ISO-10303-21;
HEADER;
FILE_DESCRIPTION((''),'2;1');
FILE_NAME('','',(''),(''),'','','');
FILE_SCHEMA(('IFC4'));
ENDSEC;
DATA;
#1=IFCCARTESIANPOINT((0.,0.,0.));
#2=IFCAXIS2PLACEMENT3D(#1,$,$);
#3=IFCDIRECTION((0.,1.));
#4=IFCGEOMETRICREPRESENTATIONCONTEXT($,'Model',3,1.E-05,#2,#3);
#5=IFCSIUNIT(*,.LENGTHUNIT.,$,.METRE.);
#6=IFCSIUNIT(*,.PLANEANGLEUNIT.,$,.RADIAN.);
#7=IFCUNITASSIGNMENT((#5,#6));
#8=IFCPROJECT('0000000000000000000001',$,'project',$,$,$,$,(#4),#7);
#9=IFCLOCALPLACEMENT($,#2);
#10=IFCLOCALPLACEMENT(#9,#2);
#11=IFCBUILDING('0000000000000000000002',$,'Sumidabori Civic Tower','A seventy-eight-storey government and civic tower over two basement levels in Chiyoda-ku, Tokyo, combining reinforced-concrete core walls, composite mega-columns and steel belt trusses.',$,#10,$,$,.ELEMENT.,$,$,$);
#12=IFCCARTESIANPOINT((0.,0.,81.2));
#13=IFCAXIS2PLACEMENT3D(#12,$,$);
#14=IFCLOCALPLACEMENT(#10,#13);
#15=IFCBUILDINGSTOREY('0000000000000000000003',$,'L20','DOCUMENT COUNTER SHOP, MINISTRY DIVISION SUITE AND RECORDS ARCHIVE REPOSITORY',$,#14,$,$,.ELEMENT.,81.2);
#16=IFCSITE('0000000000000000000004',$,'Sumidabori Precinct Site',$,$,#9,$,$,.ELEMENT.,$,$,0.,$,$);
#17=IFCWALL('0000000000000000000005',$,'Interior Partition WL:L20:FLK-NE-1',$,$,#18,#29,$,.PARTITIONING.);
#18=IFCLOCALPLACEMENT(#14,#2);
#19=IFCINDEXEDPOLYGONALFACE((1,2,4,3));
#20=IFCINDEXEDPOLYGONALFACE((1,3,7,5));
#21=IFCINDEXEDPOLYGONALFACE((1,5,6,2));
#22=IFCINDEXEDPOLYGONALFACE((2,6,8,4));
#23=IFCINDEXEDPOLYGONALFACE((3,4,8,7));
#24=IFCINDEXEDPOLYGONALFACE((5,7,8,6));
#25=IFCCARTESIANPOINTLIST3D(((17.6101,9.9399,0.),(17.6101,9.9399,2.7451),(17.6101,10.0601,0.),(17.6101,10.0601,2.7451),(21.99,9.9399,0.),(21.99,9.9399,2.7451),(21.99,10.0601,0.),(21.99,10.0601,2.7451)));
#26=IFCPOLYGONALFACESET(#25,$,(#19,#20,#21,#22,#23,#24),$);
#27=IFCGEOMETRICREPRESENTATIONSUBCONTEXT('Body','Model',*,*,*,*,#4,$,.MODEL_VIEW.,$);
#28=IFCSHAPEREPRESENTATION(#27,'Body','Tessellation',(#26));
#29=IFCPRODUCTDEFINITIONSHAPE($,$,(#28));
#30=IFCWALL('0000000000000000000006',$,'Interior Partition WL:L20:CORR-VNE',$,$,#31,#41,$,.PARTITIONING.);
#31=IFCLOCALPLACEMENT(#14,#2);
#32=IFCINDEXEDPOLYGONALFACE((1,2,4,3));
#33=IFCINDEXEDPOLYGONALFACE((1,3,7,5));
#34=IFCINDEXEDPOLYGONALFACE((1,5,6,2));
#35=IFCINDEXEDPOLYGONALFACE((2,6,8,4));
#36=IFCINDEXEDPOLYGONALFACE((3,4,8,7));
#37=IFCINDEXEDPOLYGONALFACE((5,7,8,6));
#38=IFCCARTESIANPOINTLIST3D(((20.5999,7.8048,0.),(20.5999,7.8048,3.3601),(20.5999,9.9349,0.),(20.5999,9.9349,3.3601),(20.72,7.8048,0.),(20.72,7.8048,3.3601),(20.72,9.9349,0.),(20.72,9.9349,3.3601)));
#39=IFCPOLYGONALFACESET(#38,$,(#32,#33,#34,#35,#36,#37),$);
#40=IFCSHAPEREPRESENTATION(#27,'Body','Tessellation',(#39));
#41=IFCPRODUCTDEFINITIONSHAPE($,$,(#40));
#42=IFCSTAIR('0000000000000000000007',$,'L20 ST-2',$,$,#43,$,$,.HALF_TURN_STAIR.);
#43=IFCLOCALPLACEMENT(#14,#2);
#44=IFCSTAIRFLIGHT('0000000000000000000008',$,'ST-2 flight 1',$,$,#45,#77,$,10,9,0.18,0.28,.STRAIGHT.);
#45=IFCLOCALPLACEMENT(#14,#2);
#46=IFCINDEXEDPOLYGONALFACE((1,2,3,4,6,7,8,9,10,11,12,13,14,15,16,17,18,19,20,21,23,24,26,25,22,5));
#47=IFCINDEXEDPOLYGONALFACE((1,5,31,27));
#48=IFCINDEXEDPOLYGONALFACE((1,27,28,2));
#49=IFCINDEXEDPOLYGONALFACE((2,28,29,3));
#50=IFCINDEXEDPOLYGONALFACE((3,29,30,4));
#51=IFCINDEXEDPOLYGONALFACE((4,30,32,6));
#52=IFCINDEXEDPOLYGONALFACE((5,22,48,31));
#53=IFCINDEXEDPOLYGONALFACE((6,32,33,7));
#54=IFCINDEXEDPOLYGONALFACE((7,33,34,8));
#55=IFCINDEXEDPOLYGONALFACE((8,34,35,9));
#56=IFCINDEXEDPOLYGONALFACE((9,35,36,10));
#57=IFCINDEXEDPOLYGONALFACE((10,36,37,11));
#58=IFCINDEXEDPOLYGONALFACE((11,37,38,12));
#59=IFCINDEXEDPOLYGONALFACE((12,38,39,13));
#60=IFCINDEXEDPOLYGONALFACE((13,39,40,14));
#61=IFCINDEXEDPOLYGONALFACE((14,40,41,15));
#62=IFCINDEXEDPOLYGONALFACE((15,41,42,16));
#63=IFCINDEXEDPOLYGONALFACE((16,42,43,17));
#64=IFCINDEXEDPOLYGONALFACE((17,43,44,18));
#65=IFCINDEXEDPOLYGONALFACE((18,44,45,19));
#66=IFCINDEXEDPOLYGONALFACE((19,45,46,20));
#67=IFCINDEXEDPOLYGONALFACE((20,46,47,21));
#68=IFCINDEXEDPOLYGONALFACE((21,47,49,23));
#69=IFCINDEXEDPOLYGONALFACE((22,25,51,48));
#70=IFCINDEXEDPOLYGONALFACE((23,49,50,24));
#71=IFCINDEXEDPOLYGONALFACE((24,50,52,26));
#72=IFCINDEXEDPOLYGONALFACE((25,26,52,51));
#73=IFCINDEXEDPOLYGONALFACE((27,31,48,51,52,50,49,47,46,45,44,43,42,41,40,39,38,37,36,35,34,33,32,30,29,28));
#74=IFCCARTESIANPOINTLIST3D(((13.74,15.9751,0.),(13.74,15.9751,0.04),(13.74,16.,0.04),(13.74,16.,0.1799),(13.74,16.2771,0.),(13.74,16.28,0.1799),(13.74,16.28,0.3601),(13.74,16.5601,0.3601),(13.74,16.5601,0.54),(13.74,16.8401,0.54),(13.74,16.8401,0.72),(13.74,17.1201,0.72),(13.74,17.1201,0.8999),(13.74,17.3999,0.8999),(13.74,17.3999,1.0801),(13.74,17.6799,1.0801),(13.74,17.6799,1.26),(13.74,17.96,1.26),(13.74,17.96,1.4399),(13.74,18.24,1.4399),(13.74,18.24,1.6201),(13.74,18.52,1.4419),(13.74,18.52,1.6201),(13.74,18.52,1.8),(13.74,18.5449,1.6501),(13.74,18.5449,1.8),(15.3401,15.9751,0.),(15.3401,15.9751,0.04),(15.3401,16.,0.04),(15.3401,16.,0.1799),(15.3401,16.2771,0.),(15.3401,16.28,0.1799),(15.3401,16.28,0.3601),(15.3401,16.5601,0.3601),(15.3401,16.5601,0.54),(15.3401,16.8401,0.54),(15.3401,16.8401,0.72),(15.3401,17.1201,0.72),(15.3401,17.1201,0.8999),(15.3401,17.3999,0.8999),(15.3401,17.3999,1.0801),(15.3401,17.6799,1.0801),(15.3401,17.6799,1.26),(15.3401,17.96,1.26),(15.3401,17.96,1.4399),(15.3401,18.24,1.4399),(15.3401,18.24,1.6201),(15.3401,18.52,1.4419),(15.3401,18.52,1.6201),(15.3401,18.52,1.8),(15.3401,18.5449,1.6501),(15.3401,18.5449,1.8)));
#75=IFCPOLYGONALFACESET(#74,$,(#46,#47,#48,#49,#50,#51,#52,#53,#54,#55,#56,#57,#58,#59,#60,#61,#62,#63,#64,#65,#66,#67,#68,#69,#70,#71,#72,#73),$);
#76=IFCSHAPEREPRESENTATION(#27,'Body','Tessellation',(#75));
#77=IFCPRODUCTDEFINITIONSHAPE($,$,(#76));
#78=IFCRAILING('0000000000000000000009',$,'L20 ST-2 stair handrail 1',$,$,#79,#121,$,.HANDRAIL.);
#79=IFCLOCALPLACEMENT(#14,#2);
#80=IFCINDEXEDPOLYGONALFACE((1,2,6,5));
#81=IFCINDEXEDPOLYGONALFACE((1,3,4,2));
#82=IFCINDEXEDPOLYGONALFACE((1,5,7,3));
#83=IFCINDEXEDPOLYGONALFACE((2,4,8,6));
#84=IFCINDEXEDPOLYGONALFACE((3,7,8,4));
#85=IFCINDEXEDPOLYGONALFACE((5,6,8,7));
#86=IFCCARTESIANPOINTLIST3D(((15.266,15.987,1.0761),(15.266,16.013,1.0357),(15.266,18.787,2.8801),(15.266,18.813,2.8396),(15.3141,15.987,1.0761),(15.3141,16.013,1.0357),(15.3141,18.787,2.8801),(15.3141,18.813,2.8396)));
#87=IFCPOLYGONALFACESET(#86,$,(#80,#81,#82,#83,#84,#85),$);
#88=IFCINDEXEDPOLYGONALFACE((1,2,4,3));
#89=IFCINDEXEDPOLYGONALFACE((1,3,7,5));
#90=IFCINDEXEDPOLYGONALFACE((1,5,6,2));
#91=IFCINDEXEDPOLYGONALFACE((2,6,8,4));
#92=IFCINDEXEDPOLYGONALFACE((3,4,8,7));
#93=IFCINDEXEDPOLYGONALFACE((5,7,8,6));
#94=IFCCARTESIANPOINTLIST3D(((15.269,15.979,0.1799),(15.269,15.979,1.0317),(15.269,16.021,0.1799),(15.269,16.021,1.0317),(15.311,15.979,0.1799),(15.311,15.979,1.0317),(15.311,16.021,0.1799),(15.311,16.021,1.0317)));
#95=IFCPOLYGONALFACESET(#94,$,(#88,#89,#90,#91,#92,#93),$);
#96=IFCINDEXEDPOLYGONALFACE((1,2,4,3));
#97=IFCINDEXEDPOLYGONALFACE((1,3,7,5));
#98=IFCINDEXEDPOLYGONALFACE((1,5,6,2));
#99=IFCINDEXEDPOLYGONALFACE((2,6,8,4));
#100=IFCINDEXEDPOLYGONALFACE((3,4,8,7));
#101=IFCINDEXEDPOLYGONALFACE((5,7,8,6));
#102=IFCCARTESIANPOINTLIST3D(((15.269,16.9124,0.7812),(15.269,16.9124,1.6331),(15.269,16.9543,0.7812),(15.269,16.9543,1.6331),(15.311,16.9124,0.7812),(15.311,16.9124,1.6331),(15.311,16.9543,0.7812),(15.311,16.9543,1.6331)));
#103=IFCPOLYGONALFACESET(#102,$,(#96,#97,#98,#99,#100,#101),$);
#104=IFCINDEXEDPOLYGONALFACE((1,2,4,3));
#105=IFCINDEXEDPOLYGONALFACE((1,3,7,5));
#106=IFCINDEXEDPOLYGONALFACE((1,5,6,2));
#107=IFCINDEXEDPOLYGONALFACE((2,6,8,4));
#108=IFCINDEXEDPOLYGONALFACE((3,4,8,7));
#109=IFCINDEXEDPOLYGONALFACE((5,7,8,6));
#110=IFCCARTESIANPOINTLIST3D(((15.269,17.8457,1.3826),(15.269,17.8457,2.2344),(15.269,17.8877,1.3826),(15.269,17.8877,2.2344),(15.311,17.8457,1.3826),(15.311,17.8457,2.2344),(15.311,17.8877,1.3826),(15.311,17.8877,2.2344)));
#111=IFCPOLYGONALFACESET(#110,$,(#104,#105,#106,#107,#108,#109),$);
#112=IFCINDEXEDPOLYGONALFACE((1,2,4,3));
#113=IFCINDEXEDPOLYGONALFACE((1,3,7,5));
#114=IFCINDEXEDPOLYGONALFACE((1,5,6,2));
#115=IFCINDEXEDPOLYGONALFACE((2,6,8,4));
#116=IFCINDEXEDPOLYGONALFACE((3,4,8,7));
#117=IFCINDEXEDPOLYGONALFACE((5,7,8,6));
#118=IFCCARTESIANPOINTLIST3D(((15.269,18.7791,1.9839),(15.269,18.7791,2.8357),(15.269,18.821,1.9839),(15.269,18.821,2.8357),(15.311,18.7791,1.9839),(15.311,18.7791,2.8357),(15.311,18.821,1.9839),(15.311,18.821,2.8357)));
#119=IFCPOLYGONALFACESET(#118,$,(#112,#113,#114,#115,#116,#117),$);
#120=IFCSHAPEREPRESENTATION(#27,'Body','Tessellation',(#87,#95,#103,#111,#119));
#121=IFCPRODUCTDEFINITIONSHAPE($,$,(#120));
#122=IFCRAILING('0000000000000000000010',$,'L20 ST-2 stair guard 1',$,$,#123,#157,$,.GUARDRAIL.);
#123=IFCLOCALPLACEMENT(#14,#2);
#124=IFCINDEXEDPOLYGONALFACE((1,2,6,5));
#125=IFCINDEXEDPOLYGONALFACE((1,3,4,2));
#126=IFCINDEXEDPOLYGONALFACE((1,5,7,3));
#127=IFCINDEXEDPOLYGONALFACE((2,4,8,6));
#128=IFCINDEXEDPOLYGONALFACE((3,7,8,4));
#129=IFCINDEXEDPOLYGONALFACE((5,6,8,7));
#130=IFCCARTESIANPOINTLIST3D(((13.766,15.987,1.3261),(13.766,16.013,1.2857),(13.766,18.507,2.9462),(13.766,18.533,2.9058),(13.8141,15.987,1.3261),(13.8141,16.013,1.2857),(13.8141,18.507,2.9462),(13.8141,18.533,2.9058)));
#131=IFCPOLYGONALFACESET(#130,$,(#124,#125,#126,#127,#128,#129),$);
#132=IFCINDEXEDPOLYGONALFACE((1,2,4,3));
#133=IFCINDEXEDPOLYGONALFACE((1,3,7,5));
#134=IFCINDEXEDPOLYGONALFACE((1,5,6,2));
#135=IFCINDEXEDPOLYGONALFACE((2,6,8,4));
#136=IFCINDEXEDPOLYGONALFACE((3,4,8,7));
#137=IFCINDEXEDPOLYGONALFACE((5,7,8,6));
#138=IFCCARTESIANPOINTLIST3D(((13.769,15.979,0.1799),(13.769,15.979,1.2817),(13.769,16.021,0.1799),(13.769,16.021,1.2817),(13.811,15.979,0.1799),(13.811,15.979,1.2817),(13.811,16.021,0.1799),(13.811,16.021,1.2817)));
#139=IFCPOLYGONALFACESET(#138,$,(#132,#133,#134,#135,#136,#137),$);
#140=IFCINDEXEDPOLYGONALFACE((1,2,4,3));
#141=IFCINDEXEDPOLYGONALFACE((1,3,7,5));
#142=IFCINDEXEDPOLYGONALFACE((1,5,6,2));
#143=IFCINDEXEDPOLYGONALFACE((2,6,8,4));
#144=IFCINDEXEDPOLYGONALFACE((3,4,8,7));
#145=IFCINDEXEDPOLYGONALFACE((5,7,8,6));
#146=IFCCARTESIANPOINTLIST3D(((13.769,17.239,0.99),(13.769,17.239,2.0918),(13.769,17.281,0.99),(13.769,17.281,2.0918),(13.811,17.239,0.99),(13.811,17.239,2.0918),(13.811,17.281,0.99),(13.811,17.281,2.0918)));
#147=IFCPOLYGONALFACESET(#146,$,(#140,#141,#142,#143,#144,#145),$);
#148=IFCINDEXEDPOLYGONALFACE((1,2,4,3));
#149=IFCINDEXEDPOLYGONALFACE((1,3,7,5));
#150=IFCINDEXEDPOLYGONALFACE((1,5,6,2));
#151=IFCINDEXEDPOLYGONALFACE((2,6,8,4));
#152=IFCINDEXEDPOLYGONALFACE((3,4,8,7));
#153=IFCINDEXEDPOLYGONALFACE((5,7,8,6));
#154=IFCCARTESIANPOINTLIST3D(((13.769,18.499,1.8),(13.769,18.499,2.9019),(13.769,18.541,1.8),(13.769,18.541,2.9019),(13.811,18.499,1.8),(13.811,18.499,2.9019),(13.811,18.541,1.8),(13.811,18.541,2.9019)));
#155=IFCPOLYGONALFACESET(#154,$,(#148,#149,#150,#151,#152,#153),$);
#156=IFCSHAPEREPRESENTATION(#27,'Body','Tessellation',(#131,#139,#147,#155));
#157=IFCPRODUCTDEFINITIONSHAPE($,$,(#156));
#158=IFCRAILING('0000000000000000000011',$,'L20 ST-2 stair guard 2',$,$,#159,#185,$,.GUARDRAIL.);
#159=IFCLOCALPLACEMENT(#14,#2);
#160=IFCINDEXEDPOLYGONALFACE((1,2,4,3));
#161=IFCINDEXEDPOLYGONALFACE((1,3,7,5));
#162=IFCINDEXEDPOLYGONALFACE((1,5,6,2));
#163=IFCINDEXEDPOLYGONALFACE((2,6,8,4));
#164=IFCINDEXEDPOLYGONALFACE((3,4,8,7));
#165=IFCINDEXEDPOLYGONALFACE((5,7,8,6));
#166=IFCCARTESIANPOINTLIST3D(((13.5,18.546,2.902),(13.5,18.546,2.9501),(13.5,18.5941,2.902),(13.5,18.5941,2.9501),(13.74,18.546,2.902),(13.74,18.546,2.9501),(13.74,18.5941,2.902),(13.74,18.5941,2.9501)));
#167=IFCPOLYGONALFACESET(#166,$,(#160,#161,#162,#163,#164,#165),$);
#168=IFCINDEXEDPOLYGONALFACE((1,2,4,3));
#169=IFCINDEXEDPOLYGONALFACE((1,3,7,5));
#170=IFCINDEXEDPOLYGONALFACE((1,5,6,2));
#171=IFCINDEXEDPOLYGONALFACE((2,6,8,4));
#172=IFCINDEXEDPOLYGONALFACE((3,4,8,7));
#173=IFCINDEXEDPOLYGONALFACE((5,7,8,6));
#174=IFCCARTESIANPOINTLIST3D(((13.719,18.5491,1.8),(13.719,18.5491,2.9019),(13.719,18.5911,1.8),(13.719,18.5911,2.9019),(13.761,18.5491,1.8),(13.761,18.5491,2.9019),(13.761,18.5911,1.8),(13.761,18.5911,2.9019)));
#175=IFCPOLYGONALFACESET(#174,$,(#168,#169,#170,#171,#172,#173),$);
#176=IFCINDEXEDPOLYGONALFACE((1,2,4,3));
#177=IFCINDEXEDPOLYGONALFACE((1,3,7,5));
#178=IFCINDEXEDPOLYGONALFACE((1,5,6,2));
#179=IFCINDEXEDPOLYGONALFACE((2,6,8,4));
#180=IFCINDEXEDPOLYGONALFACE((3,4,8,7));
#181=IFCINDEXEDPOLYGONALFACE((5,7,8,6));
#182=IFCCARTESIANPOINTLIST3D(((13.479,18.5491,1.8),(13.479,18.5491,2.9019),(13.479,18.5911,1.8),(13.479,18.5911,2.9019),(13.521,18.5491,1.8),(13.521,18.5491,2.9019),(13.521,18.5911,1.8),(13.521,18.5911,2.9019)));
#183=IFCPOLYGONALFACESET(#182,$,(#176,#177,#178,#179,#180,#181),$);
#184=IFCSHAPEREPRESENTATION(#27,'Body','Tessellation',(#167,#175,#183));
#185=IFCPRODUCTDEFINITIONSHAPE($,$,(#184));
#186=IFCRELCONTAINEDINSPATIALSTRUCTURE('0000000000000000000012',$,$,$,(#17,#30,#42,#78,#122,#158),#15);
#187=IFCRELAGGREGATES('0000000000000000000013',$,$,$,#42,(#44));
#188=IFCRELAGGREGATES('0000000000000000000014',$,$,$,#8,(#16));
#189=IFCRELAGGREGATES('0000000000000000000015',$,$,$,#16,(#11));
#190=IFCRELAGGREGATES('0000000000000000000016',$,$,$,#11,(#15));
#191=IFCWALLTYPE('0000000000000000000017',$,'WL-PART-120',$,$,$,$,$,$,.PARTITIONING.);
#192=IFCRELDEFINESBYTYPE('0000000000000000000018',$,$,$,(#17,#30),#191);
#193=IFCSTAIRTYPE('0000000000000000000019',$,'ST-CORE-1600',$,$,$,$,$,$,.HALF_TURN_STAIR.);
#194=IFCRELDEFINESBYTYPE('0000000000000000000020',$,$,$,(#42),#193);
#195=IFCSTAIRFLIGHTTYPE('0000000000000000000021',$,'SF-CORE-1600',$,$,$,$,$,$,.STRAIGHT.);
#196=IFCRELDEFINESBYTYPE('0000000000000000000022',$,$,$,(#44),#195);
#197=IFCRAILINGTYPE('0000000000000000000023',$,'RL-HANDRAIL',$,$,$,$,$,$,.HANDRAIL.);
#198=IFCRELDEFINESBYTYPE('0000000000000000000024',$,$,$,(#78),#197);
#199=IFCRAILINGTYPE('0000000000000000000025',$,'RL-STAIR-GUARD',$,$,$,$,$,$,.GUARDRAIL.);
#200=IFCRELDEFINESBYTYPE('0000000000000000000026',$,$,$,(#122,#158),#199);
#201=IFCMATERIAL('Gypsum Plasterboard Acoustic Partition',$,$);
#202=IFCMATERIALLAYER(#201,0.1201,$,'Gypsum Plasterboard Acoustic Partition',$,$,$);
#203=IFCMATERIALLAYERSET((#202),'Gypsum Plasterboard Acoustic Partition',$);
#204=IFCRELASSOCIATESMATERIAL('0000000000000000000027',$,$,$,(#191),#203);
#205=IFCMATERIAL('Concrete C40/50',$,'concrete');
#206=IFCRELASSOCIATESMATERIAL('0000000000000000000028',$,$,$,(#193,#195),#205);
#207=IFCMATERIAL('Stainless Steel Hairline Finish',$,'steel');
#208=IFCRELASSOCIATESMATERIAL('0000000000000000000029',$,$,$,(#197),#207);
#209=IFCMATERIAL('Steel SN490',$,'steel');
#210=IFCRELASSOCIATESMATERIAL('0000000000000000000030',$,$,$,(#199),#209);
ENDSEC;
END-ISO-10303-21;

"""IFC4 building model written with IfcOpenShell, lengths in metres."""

from ifc_helpers import new_model, si_unit, direction, frame, frame_2d, origin, origin_2d, place, context, subcontext, project, spatial, polyline, rectangle, outline, extrude, source, transform, mapped, material, layer, layer_set, type_object, element, aggregate, save


model = new_model("IFC4")

# Units and contexts
model_context = context("Model", 3, precision=1e-05, world=origin(), true_north=direction((0.0, 1.0)))
body_context = subcontext(model_context, "Body", "Model", "MODEL_VIEW")
ifc_project = project(units=[si_unit("LENGTHUNIT", "METRE"), si_unit("PLANEANGLEUNIT", "RADIAN")], contexts=[model_context])

# Site, building, storey
site_placement = place(None, origin())
site = spatial("IfcSite", under=ifc_project, at=site_placement, Name="Sumidabori Precinct Site", CompositionType="ELEMENT", RefElevation=0.0)
building_placement = place(site_placement, origin())
building = spatial("IfcBuilding", under=site, at=building_placement, Name="Sumidabori Civic Tower", Description="A seventy-eight-storey government and civic tower over two basement levels in Chiyoda-ku, Tokyo, combining reinforced-concrete core walls, composite mega-columns and steel belt trusses.", CompositionType="ELEMENT")
storey_placement = place(building_placement, frame((0.0, 0.0, 81.2)))
storey = spatial("IfcBuildingStorey", under=building, at=storey_placement, Name="L20", Description="DOCUMENT COUNTER SHOP, MINISTRY DIVISION SUITE AND RECORDS ARCHIVE REPOSITORY", CompositionType="ELEMENT", Elevation=81.2)

# Shared definitions
ifc_material_1 = material(Name="Steel SN490", Category="steel")

# Walls
ifc_material_2 = material(Name="Gypsum Plasterboard Acoustic Partition")
ifc_layer_1 = layer(ifc_material_2, 0.1201, Name="Gypsum Plasterboard Acoustic Partition")
ifc_layer_set_1 = layer_set([ifc_layer_1], Name="Gypsum Plasterboard Acoustic Partition")
wall_type_1 = type_object("IfcWallType", Name="WL-PART-120", PredefinedType="PARTITIONING", material=ifc_layer_set_1)
shared_shape_1 = source(origin(), body_context, "Body", "SweptSolid", [
    extrude(rectangle(XDim=4.3799, YDim=0.1201, at=frame_2d((2.1899, 0.0))), origin(), (0.0, 0.0, 1.0), 2.7451),
])
wall_1_placement = place(storey_placement, frame((17.6101, 10.0, 0.0), z_axis=(0.0, 0.0, 1.0), x_axis=(1.0, 0.0, 0.0)))
element("IfcWall", 1, at=wall_1_placement, inside=storey, type_object=wall_type_1, Name="Interior Partition WL:L20:FLK-NE-1", PredefinedType="PARTITIONING", context=body_context, shape_type="MappedRepresentation", body=[
    mapped(shared_shape_1, transform((0.0, 0.0, 0.0), x_axis=(1.0, 0.0, 0.0), y_axis=(0.0, 1.0, 0.0), z_axis=(0.0, 0.0, 1.0), scale=1.0)),
])
shared_shape_2 = source(origin(), body_context, "Body", "SweptSolid", [
    extrude(rectangle(XDim=2.1301, YDim=0.1201, at=frame_2d((1.0649, 0.0))), origin(), (0.0, 0.0, 1.0), 3.3601),
])
wall_2_placement = place(storey_placement, frame((20.6599, 7.8049, 0.0), z_axis=(0.0, 0.0, 1.0), x_axis=(0.0, 1.0, 0.0)))
element("IfcWall", 2, at=wall_2_placement, inside=storey, type_object=wall_type_1, Name="Interior Partition WL:L20:CORR-VNE", PredefinedType="PARTITIONING", context=body_context, shape_type="MappedRepresentation", body=[
    mapped(shared_shape_2, transform((0.0, 0.0, 0.0), x_axis=(1.0, 0.0, 0.0), y_axis=(0.0, 1.0, 0.0), z_axis=(0.0, 0.0, 1.0), scale=1.0)),
])

# Stair, stair flight
ifc_material_3 = material(Name="Concrete C40/50", Category="concrete")
stair_type = type_object("IfcStairType", Name="ST-CORE-1600", PredefinedType="HALF_TURN_STAIR", material=ifc_material_3)
stair_placement = place(storey_placement, origin())
stair = element("IfcStair", 3, at=stair_placement, inside=storey, type_object=stair_type, Name="L20 ST-2", PredefinedType="HALF_TURN_STAIR")
stair_flight_type = type_object("IfcStairFlightType", Name="SF-CORE-1600", PredefinedType="STRAIGHT", material=ifc_material_3)
shared_shape_3 = source(origin(), body_context, "Body", "SweptSolid", [
    extrude(outline(polyline([(-0.0249, 0.0), (-0.0249, 0.04), (0.0, 0.04), (0.0, 0.1799), (0.28, 0.1799), (0.28, 0.3601), (0.5601, 0.3601), (0.5601, 0.54), (0.8401, 0.54), (0.8401, 0.72), (1.1201, 0.72), (1.1201, 0.8999), (1.3999, 0.8999), (1.3999, 1.0801), (1.6799, 1.0801), (1.6799, 1.26), (1.96, 1.26), (1.96, 1.4399), (2.24, 1.4399), (2.24, 1.6201), (2.52, 1.6201), (2.52, 1.8), (2.5449, 1.8), (2.5449, 1.6501), (2.52, 1.4419), (0.2771, 0.0), (-0.0249, 0.0)])), frame((0.0, 0.8, 0.0), z_axis=(0.0, -1.0, 0.0), x_axis=(1.0, 0.0, 0.0)), (0.0, 0.0, 1.0), 1.6001),
])
stair_flight_placement = place(storey_placement, frame((14.54, 16.0, 0.0), z_axis=(0.0, 0.0, 1.0), x_axis=(0.0, 1.0, 0.0)))
stair_flight = element("IfcStairFlight", 4, at=stair_flight_placement, type_object=stair_flight_type, Name="ST-2 flight 1", NumberOfRisers=10, NumberOfTreads=9, PredefinedType="STRAIGHT", RiserHeight=0.18, TreadLength=0.28, context=body_context, shape_type="MappedRepresentation", body=[
    mapped(shared_shape_3, transform((0.0, 0.0, 0.0), x_axis=(1.0, 0.0, 0.0), y_axis=(0.0, 1.0, 0.0), z_axis=(0.0, 0.0, 1.0), scale=1.0)),
])
aggregate(stair, [stair_flight])

# Railings
ifc_material_4 = material(Name="Stainless Steel Hairline Finish", Category="steel")
railing_type_1 = type_object("IfcRailingType", Name="RL-HANDRAIL", PredefinedType="HANDRAIL", material=ifc_material_4)
railing_1_placement = place(storey_placement, frame((15.29, 16.0, 0.1799)))
element("IfcRailing", 5, at=railing_1_placement, inside=storey, type_object=railing_type_1, Name="L20 ST-2 stair handrail 1", PredefinedType="HANDRAIL", context=body_context, shape_type="SweptSolid", body=[
    extrude(rectangle(XDim=0.0481, YDim=0.0481, at=origin_2d()), frame((0.0, 0.0, 0.876), z_axis=(0.0, 0.840642, 0.541591), x_axis=(-1.0, 0.0, 0.0)), (0.0, 0.0, 1.0), 3.3308),
    extrude(rectangle(XDim=0.042, YDim=0.042, at=origin_2d()), origin(), (0.0, 0.0, 1.0), 0.8518),
    extrude(rectangle(XDim=0.042, YDim=0.042, at=origin_2d()), frame((0.0, 0.9333, 0.6013)), (0.0, 0.0, 1.0), 0.8518),
    extrude(rectangle(XDim=0.042, YDim=0.042, at=origin_2d()), frame((0.0, 1.8667, 1.2026)), (0.0, 0.0, 1.0), 0.8518),
    extrude(rectangle(XDim=0.042, YDim=0.042, at=origin_2d()), frame((0.0, 2.8, 1.804)), (0.0, 0.0, 1.0), 0.8518),
])
railing_type_2 = type_object("IfcRailingType", Name="RL-STAIR-GUARD", PredefinedType="GUARDRAIL", material=ifc_material_1)
railing_2_placement = place(storey_placement, frame((13.79, 16.0, 0.1799)))
element("IfcRailing", 6, at=railing_2_placement, inside=storey, type_object=railing_type_2, Name="L20 ST-2 stair guard 1", PredefinedType="GUARDRAIL", context=body_context, shape_type="SweptSolid", body=[
    extrude(rectangle(XDim=0.0481, YDim=0.0481, at=origin_2d()), frame((0.0, 0.0, 1.126), z_axis=(0.0, 0.841163, 0.540782), x_axis=(-1.0, 0.0, 0.0)), (0.0, 0.0, 1.0), 2.9958),
    extrude(rectangle(XDim=0.042, YDim=0.042, at=origin_2d()), origin(), (0.0, 0.0, 1.0), 1.1018),
    extrude(rectangle(XDim=0.042, YDim=0.042, at=origin_2d()), frame((0.0, 1.26, 0.8101)), (0.0, 0.0, 1.0), 1.1018),
    extrude(rectangle(XDim=0.042, YDim=0.042, at=origin_2d()), frame((0.0, 2.52, 1.6201)), (0.0, 0.0, 1.0), 1.1018),
])
for number, where, name in (
    (7, (13.74, 18.5701, 1.8), "L20 ST-2 stair guard 2"),
):
    element("IfcRailing", number, at=place(storey_placement, frame(where)), inside=storey, type_object=railing_type_2, Name=name, PredefinedType="GUARDRAIL", context=body_context, shape_type="SweptSolid", body=[
        extrude(rectangle(XDim=0.0481, YDim=0.0481, at=origin_2d()), frame((0.0, 0.0, 1.126), z_axis=(-1.0, 0.0, 0.0), x_axis=(0.0, -1.0, 0.0)), (0.0, 0.0, 1.0), 0.24),
        extrude(rectangle(XDim=0.042, YDim=0.042, at=origin_2d()), origin(), (0.0, 0.0, 1.0), 1.1018),
        extrude(rectangle(XDim=0.042, YDim=0.042, at=origin_2d()), frame((-0.24, 0.0, 0.0)), (0.0, 0.0, 1.0), 1.1018),
    ])

save(model, "model.ifc")
